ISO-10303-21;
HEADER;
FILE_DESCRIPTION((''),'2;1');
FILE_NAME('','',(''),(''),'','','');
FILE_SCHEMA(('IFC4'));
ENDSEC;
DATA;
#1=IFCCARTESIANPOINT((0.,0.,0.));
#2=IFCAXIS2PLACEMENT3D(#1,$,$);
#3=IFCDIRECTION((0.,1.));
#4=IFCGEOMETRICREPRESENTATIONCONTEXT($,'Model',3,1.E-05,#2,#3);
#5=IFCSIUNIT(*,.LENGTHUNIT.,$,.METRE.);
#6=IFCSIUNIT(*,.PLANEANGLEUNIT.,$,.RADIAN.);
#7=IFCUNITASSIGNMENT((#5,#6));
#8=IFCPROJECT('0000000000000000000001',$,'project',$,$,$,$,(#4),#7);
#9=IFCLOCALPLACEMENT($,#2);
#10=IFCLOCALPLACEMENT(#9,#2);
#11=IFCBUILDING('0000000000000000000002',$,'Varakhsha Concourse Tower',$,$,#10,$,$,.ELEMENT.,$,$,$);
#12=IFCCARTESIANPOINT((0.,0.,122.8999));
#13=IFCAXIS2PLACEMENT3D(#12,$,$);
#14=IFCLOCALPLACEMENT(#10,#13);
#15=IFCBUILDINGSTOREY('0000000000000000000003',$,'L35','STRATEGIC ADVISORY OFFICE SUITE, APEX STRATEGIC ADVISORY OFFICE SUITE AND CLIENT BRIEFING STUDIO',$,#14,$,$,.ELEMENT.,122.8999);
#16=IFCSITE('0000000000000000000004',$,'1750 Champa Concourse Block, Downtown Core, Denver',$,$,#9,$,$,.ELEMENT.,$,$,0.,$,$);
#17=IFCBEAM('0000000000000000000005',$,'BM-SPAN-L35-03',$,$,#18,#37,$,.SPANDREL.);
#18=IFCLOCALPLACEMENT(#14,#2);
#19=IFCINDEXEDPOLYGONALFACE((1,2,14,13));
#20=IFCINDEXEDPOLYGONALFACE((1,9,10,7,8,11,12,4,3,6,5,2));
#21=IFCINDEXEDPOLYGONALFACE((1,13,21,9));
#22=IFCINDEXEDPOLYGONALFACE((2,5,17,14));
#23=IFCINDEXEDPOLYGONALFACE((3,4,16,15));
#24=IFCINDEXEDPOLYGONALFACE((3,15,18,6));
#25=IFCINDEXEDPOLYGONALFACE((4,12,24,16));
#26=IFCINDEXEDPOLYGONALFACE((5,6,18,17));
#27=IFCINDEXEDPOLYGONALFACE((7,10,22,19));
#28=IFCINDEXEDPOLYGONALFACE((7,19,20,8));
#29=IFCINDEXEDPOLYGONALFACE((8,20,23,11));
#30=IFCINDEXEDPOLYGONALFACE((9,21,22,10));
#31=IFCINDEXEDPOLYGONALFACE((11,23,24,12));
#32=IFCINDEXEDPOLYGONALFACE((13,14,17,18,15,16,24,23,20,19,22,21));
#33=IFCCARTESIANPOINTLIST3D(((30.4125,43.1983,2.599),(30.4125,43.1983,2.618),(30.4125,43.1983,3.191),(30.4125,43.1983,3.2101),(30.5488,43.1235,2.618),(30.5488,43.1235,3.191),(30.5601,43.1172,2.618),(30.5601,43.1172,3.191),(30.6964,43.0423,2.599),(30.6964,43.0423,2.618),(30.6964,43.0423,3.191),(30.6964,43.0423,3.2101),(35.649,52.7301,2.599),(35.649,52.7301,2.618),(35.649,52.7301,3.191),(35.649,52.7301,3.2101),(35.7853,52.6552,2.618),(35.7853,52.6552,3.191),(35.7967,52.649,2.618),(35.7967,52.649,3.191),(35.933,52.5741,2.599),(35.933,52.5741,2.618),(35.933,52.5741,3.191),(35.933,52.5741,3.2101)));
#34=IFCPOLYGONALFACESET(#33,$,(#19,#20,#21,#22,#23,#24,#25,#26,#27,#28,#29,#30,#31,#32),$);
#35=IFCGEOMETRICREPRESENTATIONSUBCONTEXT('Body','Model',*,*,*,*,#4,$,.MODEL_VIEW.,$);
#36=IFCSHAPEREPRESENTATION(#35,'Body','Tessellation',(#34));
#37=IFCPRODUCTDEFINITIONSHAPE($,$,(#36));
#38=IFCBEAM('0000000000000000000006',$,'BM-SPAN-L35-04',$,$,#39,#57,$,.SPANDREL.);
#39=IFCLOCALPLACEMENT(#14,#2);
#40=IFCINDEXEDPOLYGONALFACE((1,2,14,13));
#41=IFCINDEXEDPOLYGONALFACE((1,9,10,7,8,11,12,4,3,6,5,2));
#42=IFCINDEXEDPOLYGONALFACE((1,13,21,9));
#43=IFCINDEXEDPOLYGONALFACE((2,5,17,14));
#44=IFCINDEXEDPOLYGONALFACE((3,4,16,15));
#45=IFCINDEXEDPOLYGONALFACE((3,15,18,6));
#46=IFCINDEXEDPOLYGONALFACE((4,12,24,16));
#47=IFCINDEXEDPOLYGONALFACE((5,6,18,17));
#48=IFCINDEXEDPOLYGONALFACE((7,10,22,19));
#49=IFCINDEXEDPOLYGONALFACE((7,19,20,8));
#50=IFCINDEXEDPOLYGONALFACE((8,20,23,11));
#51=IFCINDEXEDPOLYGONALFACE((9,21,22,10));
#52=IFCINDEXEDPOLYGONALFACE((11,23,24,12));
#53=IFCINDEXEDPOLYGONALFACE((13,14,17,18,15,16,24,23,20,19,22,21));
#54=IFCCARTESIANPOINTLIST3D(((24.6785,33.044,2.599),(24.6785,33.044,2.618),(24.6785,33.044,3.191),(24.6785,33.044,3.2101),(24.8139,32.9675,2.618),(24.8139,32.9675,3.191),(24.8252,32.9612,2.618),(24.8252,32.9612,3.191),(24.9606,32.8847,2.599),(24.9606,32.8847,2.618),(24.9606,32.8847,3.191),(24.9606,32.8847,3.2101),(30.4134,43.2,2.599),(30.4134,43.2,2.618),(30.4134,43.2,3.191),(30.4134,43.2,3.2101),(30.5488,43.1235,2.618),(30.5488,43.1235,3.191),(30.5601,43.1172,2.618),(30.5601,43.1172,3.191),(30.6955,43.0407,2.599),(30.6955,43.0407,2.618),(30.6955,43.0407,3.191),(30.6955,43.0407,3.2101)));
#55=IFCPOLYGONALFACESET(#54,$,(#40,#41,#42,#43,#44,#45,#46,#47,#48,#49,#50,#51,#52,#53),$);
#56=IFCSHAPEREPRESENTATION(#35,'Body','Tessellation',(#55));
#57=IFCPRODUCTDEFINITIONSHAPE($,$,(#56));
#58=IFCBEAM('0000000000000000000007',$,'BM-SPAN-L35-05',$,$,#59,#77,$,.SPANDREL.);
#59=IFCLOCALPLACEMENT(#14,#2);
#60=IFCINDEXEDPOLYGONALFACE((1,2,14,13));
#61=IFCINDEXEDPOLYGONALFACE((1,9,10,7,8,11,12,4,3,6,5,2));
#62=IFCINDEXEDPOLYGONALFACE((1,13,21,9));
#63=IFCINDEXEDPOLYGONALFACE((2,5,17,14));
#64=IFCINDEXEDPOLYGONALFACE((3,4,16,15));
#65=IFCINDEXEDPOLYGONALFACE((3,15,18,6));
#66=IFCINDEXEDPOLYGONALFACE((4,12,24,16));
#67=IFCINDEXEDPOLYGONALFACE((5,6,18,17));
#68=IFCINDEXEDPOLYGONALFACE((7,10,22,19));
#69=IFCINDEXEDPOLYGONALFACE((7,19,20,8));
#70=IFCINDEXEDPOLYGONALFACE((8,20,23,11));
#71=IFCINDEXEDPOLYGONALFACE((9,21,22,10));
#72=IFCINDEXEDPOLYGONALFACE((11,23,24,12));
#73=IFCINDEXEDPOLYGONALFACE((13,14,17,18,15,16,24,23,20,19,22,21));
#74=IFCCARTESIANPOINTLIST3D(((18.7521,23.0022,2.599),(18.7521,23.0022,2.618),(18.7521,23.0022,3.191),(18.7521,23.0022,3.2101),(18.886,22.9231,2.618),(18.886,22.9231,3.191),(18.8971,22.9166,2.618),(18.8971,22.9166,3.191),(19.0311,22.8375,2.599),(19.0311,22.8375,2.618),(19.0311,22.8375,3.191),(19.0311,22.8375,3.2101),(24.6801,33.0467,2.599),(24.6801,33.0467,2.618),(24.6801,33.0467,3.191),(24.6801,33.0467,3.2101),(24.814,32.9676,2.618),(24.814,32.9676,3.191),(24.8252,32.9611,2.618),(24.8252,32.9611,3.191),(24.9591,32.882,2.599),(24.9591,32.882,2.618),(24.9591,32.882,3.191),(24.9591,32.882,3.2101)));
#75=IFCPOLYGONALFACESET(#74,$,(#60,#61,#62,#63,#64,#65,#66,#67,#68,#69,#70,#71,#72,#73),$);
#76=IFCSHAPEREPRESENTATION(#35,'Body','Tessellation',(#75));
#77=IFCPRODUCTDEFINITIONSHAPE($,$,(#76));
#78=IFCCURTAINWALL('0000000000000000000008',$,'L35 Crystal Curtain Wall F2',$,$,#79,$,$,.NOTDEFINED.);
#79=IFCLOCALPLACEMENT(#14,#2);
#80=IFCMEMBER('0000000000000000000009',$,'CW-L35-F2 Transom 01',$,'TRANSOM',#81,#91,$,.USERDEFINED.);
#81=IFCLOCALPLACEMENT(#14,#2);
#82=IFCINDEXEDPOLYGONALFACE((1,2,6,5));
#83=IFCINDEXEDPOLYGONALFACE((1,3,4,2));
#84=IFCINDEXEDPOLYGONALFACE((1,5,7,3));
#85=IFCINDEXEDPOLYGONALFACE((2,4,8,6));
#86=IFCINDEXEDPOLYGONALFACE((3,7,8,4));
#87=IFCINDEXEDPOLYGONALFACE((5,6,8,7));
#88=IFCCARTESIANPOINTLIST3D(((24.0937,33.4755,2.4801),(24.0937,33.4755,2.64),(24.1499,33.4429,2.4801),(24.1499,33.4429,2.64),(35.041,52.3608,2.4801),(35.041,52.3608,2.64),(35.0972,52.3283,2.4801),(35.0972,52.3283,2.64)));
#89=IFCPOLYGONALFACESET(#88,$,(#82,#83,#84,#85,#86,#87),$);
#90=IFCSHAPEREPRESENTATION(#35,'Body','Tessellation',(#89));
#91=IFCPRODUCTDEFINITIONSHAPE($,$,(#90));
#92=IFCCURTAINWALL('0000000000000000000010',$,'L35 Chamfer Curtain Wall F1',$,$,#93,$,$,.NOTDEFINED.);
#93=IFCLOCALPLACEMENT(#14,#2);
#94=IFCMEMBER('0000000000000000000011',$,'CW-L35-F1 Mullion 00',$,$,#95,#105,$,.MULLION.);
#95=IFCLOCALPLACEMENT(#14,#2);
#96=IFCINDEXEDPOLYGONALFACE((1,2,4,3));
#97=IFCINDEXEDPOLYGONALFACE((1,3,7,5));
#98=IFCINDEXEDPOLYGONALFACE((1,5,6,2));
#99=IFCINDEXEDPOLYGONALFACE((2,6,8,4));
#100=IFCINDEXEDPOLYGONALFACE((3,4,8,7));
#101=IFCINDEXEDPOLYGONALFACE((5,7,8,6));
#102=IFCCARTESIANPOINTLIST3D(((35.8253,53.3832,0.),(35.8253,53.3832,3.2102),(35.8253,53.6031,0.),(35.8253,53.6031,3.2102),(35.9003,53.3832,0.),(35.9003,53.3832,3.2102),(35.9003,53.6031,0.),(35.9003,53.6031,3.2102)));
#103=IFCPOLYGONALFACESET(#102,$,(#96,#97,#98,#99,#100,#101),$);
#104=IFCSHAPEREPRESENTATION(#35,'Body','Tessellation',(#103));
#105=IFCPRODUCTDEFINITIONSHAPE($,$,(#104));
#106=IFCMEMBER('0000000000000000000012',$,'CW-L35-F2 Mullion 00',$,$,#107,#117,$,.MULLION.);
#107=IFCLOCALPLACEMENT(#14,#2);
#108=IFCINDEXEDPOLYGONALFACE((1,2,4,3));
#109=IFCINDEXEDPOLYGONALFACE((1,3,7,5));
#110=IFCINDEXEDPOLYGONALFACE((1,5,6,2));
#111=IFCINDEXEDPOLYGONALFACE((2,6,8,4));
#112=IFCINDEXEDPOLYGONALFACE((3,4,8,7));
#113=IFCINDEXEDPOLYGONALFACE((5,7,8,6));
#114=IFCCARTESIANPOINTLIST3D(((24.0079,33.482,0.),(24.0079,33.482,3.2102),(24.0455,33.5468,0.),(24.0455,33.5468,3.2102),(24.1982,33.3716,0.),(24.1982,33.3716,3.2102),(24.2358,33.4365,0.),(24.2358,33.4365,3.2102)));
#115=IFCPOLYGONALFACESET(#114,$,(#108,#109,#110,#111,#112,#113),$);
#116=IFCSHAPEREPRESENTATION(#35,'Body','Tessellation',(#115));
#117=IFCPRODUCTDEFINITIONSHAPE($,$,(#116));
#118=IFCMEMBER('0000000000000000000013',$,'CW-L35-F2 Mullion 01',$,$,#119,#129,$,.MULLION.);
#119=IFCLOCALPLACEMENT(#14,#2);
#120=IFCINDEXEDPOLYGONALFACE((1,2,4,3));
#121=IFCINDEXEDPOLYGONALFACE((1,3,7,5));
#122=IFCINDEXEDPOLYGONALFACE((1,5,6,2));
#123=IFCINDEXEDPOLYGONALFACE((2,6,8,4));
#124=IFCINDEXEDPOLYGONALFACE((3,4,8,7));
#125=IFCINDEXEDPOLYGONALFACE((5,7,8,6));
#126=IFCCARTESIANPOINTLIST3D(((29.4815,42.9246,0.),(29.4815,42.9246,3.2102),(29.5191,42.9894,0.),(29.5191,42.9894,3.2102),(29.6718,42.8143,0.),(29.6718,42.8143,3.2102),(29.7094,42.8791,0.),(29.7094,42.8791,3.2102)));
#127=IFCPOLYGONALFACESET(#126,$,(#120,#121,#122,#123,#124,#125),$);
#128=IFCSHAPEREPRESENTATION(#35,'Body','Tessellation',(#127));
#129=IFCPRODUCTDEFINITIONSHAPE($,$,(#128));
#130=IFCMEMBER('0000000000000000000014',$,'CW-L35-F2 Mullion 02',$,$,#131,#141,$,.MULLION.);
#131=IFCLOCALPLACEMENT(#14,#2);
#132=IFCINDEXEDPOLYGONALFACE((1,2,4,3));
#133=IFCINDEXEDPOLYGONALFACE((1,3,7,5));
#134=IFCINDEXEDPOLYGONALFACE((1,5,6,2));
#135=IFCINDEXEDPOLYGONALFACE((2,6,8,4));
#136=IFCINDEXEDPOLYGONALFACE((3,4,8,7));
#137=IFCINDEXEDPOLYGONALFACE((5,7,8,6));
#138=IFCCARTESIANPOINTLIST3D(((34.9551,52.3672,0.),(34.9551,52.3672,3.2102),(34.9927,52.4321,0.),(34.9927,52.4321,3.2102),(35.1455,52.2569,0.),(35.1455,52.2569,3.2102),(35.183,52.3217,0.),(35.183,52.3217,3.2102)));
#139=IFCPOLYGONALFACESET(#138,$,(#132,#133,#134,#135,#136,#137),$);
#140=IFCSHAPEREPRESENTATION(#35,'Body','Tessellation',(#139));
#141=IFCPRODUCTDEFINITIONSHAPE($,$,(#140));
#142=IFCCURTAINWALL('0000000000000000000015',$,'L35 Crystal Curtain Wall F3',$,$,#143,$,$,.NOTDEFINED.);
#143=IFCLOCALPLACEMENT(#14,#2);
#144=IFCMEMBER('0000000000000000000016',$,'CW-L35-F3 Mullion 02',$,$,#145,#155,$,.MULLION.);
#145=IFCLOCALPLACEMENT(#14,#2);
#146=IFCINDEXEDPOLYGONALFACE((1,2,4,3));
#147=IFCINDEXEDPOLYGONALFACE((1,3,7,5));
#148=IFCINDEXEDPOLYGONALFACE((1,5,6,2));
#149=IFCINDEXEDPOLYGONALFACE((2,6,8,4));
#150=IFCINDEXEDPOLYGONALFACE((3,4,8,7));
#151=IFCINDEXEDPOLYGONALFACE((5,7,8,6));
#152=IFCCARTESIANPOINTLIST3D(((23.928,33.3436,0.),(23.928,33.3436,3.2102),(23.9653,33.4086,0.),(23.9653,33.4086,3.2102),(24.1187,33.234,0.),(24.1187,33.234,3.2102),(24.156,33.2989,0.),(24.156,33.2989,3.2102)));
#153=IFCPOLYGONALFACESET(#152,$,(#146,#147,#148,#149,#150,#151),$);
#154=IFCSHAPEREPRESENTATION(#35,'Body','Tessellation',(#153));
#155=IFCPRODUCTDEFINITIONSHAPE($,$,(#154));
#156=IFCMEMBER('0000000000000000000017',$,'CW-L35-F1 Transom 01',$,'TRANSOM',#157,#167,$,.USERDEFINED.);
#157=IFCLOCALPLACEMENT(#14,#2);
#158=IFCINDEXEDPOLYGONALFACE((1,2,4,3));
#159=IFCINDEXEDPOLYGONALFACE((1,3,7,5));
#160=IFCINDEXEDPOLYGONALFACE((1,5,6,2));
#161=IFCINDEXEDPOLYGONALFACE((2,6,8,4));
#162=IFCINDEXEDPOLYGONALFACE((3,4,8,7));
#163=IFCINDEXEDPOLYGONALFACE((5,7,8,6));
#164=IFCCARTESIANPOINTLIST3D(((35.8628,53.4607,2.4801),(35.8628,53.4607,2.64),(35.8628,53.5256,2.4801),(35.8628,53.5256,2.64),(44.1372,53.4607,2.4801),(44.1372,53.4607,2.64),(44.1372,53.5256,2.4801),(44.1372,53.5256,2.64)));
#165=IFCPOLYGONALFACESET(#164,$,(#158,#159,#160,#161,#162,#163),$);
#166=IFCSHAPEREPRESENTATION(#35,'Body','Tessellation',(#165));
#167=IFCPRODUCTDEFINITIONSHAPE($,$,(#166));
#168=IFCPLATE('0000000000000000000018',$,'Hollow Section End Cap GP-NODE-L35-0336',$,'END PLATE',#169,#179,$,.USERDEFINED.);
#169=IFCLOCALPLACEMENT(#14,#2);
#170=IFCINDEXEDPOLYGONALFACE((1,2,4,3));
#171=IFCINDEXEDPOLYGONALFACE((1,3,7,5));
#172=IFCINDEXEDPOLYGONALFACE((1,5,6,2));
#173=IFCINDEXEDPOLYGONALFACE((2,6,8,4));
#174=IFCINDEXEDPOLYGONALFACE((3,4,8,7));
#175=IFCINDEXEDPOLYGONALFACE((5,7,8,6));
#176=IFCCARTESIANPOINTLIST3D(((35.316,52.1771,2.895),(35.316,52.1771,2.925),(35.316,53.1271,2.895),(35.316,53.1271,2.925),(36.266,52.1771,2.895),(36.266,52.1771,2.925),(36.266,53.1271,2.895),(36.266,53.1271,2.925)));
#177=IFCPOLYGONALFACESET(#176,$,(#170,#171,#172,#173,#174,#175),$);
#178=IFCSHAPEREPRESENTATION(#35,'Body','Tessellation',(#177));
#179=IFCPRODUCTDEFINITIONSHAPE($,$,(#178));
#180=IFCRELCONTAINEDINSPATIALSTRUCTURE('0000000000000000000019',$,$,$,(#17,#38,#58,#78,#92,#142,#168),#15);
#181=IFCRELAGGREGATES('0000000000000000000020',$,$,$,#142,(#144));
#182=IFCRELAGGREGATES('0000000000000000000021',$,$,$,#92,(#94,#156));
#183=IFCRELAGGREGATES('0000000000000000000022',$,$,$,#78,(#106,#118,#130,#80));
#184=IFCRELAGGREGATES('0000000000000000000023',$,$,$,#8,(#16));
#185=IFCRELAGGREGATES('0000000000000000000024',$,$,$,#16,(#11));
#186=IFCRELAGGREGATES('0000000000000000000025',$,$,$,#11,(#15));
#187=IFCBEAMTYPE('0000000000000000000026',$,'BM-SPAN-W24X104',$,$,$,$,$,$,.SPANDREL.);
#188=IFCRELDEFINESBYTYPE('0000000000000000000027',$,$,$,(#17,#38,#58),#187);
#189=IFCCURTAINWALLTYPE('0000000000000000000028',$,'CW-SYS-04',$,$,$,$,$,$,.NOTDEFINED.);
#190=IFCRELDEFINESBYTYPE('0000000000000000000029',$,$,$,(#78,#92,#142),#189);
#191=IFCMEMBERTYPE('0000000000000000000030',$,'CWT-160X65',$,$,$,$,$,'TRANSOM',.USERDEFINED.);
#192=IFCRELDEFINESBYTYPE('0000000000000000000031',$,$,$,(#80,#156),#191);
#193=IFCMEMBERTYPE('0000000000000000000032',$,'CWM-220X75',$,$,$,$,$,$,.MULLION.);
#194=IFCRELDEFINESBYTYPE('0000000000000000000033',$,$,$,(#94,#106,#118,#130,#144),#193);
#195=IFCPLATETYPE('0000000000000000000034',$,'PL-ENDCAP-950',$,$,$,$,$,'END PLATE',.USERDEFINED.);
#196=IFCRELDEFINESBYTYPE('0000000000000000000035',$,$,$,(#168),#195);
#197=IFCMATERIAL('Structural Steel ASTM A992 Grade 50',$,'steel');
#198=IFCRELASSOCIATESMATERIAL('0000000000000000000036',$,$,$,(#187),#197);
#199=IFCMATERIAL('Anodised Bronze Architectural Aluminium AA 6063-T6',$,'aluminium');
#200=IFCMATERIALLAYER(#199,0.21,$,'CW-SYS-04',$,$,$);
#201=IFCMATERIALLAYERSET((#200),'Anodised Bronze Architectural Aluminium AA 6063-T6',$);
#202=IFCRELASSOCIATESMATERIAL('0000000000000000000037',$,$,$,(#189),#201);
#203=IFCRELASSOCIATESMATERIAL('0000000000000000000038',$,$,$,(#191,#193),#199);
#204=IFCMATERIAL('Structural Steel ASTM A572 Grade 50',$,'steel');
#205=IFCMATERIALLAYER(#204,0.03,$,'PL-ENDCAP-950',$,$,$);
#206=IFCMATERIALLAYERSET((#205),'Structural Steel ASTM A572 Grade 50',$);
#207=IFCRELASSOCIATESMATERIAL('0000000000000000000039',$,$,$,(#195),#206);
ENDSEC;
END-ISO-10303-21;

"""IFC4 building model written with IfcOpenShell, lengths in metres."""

from ifc_helpers import new_model, si_unit, direction, frame, origin, origin_2d, place, context, subcontext, project, spatial, rectangle, i_section, extrude, source, transform, mapped, material, layer, layer_set, material_profile, profile_set, type_object, type_shapes, element, aggregate, save


model = new_model("IFC4")

# Units and contexts
model_context = context("Model", 3, precision=1e-05, world=origin(), true_north=direction((0.0, 1.0)))
body_context = subcontext(model_context, "Body", "Model", "MODEL_VIEW")
ifc_project = project(units=[si_unit("LENGTHUNIT", "METRE"), si_unit("PLANEANGLEUNIT", "RADIAN")], contexts=[model_context])

# Site, building, storey
site_placement = place(None, origin())
site = spatial("IfcSite", under=ifc_project, at=site_placement, Name="1750 Champa Concourse Block, Downtown Core, Denver", CompositionType="ELEMENT", RefElevation=0.0)
building_placement = place(site_placement, origin())
building = spatial("IfcBuilding", under=site, at=building_placement, Name="Varakhsha Concourse Tower", CompositionType="ELEMENT")
storey_placement = place(building_placement, frame((0.0, 0.0, 122.8999)))
storey = spatial("IfcBuildingStorey", under=building, at=storey_placement, Name="L35", Description="STRATEGIC ADVISORY OFFICE SUITE, APEX STRATEGIC ADVISORY OFFICE SUITE AND CLIENT BRIEFING STUDIO", CompositionType="ELEMENT", Elevation=122.8999)

# Shared definitions
ifc_material_1 = material(Name="Structural Steel ASTM A992 Grade 50", Category="steel")
ifc_material_2 = material(Name="Structural Steel ASTM A572 Grade 50", Category="steel")

# Beams
ifc_material_profile_1 = material_profile(ifc_material_1, i_section(OverallWidth=0.324, OverallDepth=0.6111, WebThickness=0.0129, FlangeThickness=0.019, at=origin_2d()), Name="W24X104")
ifc_profile_set_1 = profile_set([ifc_material_profile_1], Name="Structural Steel ASTM A992 Grade 50")
beam_type_1 = type_object("IfcBeamType", Name="BM-SPAN-W24X104", PredefinedType="SPANDREL", material=ifc_profile_set_1)
beam_1_placement = place(storey_placement, frame((35.791, 52.6521, 2.9045), z_axis=(-0.481503, -0.876444, 0.0), x_axis=(0.876444, -0.481503, 0.0)))
element("IfcBeam", 1, at=beam_1_placement, inside=storey, type_object=beam_type_1, Name="BM-SPAN-L35-03", PredefinedType="SPANDREL", context=body_context, shape_type="SweptSolid", body=[
    extrude(i_section(OverallWidth=0.324, OverallDepth=0.6111, WebThickness=0.0129, FlangeThickness=0.019, at=origin_2d()), origin(), (0.0, 0.0, 1.0), 10.8755),
])
for number, where, z_axis, x_axis, name in (
    (2, (30.5544, 43.1204, 2.9045), (-0.491701, -0.870764, 0.0), (0.870764, -0.491701, 0.0), "BM-SPAN-L35-04"),
    (3, (24.8196, 32.9644, 2.9045), (-0.508261, -0.861203, 0.0), (0.861203, -0.508261, 0.0), "BM-SPAN-L35-05"),
):
    element("IfcBeam", number, at=place(storey_placement, frame(where, z_axis=z_axis, x_axis=x_axis)), inside=storey, type_object=beam_type_1, Name=name, PredefinedType="SPANDREL", context=body_context, shape_type="SweptSolid", body=[
        extrude(i_section(OverallWidth=0.324, OverallDepth=0.6111, WebThickness=0.0129, FlangeThickness=0.019, at=origin_2d()), origin(), (0.0, 0.0, 1.0), 11.6633),
    ])

# Curtain walls, members
ifc_material_3 = material(Name="Anodised Bronze Architectural Aluminium AA 6063-T6", Category="aluminium")
ifc_layer_1 = layer(ifc_material_3, 0.21, Name="CW-SYS-04")
ifc_layer_set_1 = layer_set([ifc_layer_1], Name="Anodised Bronze Architectural Aluminium AA 6063-T6")
curtain_wall_type = type_object("IfcCurtainWallType", Name="CW-SYS-04", PredefinedType="NOTDEFINED", material=ifc_layer_set_1)
curtain_wall_1_placement = place(storey_placement, origin())
curtain_wall_1 = element("IfcCurtainWall", 4, at=curtain_wall_1_placement, inside=storey, type_object=curtain_wall_type, Name="L35 Crystal Curtain Wall F2", PredefinedType="NOTDEFINED")
ifc_material_profile_2 = material_profile(ifc_material_3, rectangle(XDim=0.0649, YDim=0.1599, at=origin_2d()), Name="CWT-160X65")
ifc_profile_set_2 = profile_set([ifc_material_profile_2], Name="Anodised Bronze Architectural Aluminium AA 6063-T6")
member_type_1 = type_object("IfcMemberType", Name="CWT-160X65", ElementType="TRANSOM", PredefinedType="USERDEFINED", material=ifc_profile_set_2)
shared_shape_1 = source(origin(), body_context, "Body", "SweptSolid", [
    extrude(rectangle(XDim=0.0649, YDim=0.1599, at=origin_2d()), origin(), (0.0, 0.0, 1.0), 21.8289),
])
member_1_placement = place(storey_placement, frame((24.1218, 33.4592, 2.5601), z_axis=(0.501506, 0.865154, 0.0), x_axis=(-0.865154, 0.501506, 0.0)))
member_1 = element("IfcMember", 5, at=member_1_placement, type_object=member_type_1, Name="CW-L35-F2 Transom 01", ObjectType="TRANSOM", PredefinedType="USERDEFINED", context=body_context, shape_type="MappedRepresentation", body=[
    mapped(shared_shape_1, transform((0.0, 0.0, 0.0), scale=1.0)),
])
curtain_wall_2_placement = place(storey_placement, origin())
curtain_wall_2 = element("IfcCurtainWall", 6, at=curtain_wall_2_placement, inside=storey, type_object=curtain_wall_type, Name="L35 Chamfer Curtain Wall F1", PredefinedType="NOTDEFINED")
ifc_material_profile_3 = material_profile(ifc_material_3, rectangle(XDim=0.075, YDim=0.22, at=origin_2d()), Name="CWM-220X75")
ifc_profile_set_3 = profile_set([ifc_material_profile_3], Name="Anodised Bronze Architectural Aluminium AA 6063-T6")
member_type_2 = type_object("IfcMemberType", Name="CWM-220X75", PredefinedType="MULLION", material=ifc_profile_set_3)
shared_shape_2 = source(origin(), body_context, "Body", "SweptSolid", [
    extrude(rectangle(XDim=0.075, YDim=0.22, at=origin_2d()), origin(), (0.0, 0.0, 1.0), 3.2102),
])
type_shapes(member_type_2, [shared_shape_2])
member_2_placement = place(storey_placement, frame((35.8628, 53.4932, 0.0), z_axis=(0.0, 0.0, 1.0), x_axis=(1.0, 0.0, 0.0)))
member_2 = element("IfcMember", 7, at=member_2_placement, type_object=member_type_2, Name="CW-L35-F1 Mullion 00", PredefinedType="MULLION", context=body_context, shape_type="MappedRepresentation", body=[
    mapped(shared_shape_2, transform((0.0, 0.0, 0.0), scale=1.0)),
])

# Members
member_3_placement = place(storey_placement, frame((24.1218, 33.4592, 0.0), z_axis=(0.0, 0.0, 1.0), x_axis=(0.501514, 0.86515, 0.0)))
member_3 = element("IfcMember", 8, at=member_3_placement, type_object=member_type_2, Name="CW-L35-F2 Mullion 00", PredefinedType="MULLION", context=body_context, shape_type="MappedRepresentation", body=[
    mapped(shared_shape_2, transform((0.0, 0.0, 0.0), scale=1.0)),
])
member_4_placement = place(storey_placement, frame((29.5955, 42.9019, 0.0), z_axis=(0.0, 0.0, 1.0), x_axis=(0.501514, 0.86515, 0.0)))
member_4 = element("IfcMember", 9, at=member_4_placement, type_object=member_type_2, Name="CW-L35-F2 Mullion 01", PredefinedType="MULLION", context=body_context, shape_type="MappedRepresentation", body=[
    mapped(shared_shape_2, transform((0.0, 0.0, 0.0), scale=1.0)),
])
member_5_placement = place(storey_placement, frame((35.0691, 52.3445, 0.0), z_axis=(0.0, 0.0, 1.0), x_axis=(0.501514, 0.86515, 0.0)))
member_5 = element("IfcMember", 10, at=member_5_placement, type_object=member_type_2, Name="CW-L35-F2 Mullion 02", PredefinedType="MULLION", context=body_context, shape_type="MappedRepresentation", body=[
    mapped(shared_shape_2, transform((0.0, 0.0, 0.0), scale=1.0)),
])

# Curtain wall, member
curtain_wall_3_placement = place(storey_placement, origin())
curtain_wall_3 = element("IfcCurtainWall", 11, at=curtain_wall_3_placement, inside=storey, type_object=curtain_wall_type, Name="L35 Crystal Curtain Wall F3", PredefinedType="NOTDEFINED")
member_6_placement = place(storey_placement, frame((24.042, 33.3213, 0.0), z_axis=(0.0, 0.0, 1.0), x_axis=(0.498489, 0.866896, 0.0)))
member_6 = element("IfcMember", 12, at=member_6_placement, type_object=member_type_2, Name="CW-L35-F3 Mullion 02", PredefinedType="MULLION", context=body_context, shape_type="MappedRepresentation", body=[
    mapped(shared_shape_2, transform((0.0, 0.0, 0.0), scale=1.0)),
])
aggregate(curtain_wall_3, [member_6])

# Member
shared_shape_3 = source(origin(), body_context, "Body", "SweptSolid", [
    extrude(rectangle(XDim=0.0649, YDim=0.1599, at=origin_2d()), origin(), (0.0, 0.0, 1.0), 8.2744),
])
type_shapes(member_type_1, [shared_shape_1, shared_shape_3])
member_7_placement = place(storey_placement, frame((35.8628, 53.4932, 2.5601), z_axis=(1.0, 0.0, 0.0), x_axis=(0.0, 1.0, 0.0)))
member_7 = element("IfcMember", 13, at=member_7_placement, type_object=member_type_1, Name="CW-L35-F1 Transom 01", ObjectType="TRANSOM", PredefinedType="USERDEFINED", context=body_context, shape_type="MappedRepresentation", body=[
    mapped(shared_shape_3, transform((0.0, 0.0, 0.0), scale=1.0)),
])
aggregate(curtain_wall_2, [member_2, member_7])

# Plate
ifc_layer_2 = layer(ifc_material_2, 0.03, Name="PL-ENDCAP-950")
ifc_layer_set_2 = layer_set([ifc_layer_2], Name="Structural Steel ASTM A572 Grade 50")
plate_type_1 = type_object("IfcPlateType", Name="PL-ENDCAP-950", ElementType="END PLATE", PredefinedType="USERDEFINED", material=ifc_layer_set_2)
shared_shape_4 = source(origin(), body_context, "Body", "SweptSolid", [
    extrude(rectangle(XDim=0.95, YDim=0.95, at=origin_2d()), origin(), (0.0, 0.0, 1.0), 0.03),
])
type_shapes(plate_type_1, [shared_shape_4])
plate_1_placement = place(storey_placement, frame((35.791, 52.6521, 2.895), z_axis=(0.0, 0.0, 1.0), x_axis=(1.0, 0.0, 0.0)))
element("IfcPlate", 14, at=plate_1_placement, inside=storey, type_object=plate_type_1, Name="Hollow Section End Cap GP-NODE-L35-0336", ObjectType="END PLATE", PredefinedType="USERDEFINED", context=body_context, shape_type="MappedRepresentation", body=[
    mapped(shared_shape_4, transform((0.0, 0.0, 0.0), scale=1.0)),
])
aggregate(curtain_wall_1, [member_3, member_4, member_5, member_1])

save(model, "model.ifc")
